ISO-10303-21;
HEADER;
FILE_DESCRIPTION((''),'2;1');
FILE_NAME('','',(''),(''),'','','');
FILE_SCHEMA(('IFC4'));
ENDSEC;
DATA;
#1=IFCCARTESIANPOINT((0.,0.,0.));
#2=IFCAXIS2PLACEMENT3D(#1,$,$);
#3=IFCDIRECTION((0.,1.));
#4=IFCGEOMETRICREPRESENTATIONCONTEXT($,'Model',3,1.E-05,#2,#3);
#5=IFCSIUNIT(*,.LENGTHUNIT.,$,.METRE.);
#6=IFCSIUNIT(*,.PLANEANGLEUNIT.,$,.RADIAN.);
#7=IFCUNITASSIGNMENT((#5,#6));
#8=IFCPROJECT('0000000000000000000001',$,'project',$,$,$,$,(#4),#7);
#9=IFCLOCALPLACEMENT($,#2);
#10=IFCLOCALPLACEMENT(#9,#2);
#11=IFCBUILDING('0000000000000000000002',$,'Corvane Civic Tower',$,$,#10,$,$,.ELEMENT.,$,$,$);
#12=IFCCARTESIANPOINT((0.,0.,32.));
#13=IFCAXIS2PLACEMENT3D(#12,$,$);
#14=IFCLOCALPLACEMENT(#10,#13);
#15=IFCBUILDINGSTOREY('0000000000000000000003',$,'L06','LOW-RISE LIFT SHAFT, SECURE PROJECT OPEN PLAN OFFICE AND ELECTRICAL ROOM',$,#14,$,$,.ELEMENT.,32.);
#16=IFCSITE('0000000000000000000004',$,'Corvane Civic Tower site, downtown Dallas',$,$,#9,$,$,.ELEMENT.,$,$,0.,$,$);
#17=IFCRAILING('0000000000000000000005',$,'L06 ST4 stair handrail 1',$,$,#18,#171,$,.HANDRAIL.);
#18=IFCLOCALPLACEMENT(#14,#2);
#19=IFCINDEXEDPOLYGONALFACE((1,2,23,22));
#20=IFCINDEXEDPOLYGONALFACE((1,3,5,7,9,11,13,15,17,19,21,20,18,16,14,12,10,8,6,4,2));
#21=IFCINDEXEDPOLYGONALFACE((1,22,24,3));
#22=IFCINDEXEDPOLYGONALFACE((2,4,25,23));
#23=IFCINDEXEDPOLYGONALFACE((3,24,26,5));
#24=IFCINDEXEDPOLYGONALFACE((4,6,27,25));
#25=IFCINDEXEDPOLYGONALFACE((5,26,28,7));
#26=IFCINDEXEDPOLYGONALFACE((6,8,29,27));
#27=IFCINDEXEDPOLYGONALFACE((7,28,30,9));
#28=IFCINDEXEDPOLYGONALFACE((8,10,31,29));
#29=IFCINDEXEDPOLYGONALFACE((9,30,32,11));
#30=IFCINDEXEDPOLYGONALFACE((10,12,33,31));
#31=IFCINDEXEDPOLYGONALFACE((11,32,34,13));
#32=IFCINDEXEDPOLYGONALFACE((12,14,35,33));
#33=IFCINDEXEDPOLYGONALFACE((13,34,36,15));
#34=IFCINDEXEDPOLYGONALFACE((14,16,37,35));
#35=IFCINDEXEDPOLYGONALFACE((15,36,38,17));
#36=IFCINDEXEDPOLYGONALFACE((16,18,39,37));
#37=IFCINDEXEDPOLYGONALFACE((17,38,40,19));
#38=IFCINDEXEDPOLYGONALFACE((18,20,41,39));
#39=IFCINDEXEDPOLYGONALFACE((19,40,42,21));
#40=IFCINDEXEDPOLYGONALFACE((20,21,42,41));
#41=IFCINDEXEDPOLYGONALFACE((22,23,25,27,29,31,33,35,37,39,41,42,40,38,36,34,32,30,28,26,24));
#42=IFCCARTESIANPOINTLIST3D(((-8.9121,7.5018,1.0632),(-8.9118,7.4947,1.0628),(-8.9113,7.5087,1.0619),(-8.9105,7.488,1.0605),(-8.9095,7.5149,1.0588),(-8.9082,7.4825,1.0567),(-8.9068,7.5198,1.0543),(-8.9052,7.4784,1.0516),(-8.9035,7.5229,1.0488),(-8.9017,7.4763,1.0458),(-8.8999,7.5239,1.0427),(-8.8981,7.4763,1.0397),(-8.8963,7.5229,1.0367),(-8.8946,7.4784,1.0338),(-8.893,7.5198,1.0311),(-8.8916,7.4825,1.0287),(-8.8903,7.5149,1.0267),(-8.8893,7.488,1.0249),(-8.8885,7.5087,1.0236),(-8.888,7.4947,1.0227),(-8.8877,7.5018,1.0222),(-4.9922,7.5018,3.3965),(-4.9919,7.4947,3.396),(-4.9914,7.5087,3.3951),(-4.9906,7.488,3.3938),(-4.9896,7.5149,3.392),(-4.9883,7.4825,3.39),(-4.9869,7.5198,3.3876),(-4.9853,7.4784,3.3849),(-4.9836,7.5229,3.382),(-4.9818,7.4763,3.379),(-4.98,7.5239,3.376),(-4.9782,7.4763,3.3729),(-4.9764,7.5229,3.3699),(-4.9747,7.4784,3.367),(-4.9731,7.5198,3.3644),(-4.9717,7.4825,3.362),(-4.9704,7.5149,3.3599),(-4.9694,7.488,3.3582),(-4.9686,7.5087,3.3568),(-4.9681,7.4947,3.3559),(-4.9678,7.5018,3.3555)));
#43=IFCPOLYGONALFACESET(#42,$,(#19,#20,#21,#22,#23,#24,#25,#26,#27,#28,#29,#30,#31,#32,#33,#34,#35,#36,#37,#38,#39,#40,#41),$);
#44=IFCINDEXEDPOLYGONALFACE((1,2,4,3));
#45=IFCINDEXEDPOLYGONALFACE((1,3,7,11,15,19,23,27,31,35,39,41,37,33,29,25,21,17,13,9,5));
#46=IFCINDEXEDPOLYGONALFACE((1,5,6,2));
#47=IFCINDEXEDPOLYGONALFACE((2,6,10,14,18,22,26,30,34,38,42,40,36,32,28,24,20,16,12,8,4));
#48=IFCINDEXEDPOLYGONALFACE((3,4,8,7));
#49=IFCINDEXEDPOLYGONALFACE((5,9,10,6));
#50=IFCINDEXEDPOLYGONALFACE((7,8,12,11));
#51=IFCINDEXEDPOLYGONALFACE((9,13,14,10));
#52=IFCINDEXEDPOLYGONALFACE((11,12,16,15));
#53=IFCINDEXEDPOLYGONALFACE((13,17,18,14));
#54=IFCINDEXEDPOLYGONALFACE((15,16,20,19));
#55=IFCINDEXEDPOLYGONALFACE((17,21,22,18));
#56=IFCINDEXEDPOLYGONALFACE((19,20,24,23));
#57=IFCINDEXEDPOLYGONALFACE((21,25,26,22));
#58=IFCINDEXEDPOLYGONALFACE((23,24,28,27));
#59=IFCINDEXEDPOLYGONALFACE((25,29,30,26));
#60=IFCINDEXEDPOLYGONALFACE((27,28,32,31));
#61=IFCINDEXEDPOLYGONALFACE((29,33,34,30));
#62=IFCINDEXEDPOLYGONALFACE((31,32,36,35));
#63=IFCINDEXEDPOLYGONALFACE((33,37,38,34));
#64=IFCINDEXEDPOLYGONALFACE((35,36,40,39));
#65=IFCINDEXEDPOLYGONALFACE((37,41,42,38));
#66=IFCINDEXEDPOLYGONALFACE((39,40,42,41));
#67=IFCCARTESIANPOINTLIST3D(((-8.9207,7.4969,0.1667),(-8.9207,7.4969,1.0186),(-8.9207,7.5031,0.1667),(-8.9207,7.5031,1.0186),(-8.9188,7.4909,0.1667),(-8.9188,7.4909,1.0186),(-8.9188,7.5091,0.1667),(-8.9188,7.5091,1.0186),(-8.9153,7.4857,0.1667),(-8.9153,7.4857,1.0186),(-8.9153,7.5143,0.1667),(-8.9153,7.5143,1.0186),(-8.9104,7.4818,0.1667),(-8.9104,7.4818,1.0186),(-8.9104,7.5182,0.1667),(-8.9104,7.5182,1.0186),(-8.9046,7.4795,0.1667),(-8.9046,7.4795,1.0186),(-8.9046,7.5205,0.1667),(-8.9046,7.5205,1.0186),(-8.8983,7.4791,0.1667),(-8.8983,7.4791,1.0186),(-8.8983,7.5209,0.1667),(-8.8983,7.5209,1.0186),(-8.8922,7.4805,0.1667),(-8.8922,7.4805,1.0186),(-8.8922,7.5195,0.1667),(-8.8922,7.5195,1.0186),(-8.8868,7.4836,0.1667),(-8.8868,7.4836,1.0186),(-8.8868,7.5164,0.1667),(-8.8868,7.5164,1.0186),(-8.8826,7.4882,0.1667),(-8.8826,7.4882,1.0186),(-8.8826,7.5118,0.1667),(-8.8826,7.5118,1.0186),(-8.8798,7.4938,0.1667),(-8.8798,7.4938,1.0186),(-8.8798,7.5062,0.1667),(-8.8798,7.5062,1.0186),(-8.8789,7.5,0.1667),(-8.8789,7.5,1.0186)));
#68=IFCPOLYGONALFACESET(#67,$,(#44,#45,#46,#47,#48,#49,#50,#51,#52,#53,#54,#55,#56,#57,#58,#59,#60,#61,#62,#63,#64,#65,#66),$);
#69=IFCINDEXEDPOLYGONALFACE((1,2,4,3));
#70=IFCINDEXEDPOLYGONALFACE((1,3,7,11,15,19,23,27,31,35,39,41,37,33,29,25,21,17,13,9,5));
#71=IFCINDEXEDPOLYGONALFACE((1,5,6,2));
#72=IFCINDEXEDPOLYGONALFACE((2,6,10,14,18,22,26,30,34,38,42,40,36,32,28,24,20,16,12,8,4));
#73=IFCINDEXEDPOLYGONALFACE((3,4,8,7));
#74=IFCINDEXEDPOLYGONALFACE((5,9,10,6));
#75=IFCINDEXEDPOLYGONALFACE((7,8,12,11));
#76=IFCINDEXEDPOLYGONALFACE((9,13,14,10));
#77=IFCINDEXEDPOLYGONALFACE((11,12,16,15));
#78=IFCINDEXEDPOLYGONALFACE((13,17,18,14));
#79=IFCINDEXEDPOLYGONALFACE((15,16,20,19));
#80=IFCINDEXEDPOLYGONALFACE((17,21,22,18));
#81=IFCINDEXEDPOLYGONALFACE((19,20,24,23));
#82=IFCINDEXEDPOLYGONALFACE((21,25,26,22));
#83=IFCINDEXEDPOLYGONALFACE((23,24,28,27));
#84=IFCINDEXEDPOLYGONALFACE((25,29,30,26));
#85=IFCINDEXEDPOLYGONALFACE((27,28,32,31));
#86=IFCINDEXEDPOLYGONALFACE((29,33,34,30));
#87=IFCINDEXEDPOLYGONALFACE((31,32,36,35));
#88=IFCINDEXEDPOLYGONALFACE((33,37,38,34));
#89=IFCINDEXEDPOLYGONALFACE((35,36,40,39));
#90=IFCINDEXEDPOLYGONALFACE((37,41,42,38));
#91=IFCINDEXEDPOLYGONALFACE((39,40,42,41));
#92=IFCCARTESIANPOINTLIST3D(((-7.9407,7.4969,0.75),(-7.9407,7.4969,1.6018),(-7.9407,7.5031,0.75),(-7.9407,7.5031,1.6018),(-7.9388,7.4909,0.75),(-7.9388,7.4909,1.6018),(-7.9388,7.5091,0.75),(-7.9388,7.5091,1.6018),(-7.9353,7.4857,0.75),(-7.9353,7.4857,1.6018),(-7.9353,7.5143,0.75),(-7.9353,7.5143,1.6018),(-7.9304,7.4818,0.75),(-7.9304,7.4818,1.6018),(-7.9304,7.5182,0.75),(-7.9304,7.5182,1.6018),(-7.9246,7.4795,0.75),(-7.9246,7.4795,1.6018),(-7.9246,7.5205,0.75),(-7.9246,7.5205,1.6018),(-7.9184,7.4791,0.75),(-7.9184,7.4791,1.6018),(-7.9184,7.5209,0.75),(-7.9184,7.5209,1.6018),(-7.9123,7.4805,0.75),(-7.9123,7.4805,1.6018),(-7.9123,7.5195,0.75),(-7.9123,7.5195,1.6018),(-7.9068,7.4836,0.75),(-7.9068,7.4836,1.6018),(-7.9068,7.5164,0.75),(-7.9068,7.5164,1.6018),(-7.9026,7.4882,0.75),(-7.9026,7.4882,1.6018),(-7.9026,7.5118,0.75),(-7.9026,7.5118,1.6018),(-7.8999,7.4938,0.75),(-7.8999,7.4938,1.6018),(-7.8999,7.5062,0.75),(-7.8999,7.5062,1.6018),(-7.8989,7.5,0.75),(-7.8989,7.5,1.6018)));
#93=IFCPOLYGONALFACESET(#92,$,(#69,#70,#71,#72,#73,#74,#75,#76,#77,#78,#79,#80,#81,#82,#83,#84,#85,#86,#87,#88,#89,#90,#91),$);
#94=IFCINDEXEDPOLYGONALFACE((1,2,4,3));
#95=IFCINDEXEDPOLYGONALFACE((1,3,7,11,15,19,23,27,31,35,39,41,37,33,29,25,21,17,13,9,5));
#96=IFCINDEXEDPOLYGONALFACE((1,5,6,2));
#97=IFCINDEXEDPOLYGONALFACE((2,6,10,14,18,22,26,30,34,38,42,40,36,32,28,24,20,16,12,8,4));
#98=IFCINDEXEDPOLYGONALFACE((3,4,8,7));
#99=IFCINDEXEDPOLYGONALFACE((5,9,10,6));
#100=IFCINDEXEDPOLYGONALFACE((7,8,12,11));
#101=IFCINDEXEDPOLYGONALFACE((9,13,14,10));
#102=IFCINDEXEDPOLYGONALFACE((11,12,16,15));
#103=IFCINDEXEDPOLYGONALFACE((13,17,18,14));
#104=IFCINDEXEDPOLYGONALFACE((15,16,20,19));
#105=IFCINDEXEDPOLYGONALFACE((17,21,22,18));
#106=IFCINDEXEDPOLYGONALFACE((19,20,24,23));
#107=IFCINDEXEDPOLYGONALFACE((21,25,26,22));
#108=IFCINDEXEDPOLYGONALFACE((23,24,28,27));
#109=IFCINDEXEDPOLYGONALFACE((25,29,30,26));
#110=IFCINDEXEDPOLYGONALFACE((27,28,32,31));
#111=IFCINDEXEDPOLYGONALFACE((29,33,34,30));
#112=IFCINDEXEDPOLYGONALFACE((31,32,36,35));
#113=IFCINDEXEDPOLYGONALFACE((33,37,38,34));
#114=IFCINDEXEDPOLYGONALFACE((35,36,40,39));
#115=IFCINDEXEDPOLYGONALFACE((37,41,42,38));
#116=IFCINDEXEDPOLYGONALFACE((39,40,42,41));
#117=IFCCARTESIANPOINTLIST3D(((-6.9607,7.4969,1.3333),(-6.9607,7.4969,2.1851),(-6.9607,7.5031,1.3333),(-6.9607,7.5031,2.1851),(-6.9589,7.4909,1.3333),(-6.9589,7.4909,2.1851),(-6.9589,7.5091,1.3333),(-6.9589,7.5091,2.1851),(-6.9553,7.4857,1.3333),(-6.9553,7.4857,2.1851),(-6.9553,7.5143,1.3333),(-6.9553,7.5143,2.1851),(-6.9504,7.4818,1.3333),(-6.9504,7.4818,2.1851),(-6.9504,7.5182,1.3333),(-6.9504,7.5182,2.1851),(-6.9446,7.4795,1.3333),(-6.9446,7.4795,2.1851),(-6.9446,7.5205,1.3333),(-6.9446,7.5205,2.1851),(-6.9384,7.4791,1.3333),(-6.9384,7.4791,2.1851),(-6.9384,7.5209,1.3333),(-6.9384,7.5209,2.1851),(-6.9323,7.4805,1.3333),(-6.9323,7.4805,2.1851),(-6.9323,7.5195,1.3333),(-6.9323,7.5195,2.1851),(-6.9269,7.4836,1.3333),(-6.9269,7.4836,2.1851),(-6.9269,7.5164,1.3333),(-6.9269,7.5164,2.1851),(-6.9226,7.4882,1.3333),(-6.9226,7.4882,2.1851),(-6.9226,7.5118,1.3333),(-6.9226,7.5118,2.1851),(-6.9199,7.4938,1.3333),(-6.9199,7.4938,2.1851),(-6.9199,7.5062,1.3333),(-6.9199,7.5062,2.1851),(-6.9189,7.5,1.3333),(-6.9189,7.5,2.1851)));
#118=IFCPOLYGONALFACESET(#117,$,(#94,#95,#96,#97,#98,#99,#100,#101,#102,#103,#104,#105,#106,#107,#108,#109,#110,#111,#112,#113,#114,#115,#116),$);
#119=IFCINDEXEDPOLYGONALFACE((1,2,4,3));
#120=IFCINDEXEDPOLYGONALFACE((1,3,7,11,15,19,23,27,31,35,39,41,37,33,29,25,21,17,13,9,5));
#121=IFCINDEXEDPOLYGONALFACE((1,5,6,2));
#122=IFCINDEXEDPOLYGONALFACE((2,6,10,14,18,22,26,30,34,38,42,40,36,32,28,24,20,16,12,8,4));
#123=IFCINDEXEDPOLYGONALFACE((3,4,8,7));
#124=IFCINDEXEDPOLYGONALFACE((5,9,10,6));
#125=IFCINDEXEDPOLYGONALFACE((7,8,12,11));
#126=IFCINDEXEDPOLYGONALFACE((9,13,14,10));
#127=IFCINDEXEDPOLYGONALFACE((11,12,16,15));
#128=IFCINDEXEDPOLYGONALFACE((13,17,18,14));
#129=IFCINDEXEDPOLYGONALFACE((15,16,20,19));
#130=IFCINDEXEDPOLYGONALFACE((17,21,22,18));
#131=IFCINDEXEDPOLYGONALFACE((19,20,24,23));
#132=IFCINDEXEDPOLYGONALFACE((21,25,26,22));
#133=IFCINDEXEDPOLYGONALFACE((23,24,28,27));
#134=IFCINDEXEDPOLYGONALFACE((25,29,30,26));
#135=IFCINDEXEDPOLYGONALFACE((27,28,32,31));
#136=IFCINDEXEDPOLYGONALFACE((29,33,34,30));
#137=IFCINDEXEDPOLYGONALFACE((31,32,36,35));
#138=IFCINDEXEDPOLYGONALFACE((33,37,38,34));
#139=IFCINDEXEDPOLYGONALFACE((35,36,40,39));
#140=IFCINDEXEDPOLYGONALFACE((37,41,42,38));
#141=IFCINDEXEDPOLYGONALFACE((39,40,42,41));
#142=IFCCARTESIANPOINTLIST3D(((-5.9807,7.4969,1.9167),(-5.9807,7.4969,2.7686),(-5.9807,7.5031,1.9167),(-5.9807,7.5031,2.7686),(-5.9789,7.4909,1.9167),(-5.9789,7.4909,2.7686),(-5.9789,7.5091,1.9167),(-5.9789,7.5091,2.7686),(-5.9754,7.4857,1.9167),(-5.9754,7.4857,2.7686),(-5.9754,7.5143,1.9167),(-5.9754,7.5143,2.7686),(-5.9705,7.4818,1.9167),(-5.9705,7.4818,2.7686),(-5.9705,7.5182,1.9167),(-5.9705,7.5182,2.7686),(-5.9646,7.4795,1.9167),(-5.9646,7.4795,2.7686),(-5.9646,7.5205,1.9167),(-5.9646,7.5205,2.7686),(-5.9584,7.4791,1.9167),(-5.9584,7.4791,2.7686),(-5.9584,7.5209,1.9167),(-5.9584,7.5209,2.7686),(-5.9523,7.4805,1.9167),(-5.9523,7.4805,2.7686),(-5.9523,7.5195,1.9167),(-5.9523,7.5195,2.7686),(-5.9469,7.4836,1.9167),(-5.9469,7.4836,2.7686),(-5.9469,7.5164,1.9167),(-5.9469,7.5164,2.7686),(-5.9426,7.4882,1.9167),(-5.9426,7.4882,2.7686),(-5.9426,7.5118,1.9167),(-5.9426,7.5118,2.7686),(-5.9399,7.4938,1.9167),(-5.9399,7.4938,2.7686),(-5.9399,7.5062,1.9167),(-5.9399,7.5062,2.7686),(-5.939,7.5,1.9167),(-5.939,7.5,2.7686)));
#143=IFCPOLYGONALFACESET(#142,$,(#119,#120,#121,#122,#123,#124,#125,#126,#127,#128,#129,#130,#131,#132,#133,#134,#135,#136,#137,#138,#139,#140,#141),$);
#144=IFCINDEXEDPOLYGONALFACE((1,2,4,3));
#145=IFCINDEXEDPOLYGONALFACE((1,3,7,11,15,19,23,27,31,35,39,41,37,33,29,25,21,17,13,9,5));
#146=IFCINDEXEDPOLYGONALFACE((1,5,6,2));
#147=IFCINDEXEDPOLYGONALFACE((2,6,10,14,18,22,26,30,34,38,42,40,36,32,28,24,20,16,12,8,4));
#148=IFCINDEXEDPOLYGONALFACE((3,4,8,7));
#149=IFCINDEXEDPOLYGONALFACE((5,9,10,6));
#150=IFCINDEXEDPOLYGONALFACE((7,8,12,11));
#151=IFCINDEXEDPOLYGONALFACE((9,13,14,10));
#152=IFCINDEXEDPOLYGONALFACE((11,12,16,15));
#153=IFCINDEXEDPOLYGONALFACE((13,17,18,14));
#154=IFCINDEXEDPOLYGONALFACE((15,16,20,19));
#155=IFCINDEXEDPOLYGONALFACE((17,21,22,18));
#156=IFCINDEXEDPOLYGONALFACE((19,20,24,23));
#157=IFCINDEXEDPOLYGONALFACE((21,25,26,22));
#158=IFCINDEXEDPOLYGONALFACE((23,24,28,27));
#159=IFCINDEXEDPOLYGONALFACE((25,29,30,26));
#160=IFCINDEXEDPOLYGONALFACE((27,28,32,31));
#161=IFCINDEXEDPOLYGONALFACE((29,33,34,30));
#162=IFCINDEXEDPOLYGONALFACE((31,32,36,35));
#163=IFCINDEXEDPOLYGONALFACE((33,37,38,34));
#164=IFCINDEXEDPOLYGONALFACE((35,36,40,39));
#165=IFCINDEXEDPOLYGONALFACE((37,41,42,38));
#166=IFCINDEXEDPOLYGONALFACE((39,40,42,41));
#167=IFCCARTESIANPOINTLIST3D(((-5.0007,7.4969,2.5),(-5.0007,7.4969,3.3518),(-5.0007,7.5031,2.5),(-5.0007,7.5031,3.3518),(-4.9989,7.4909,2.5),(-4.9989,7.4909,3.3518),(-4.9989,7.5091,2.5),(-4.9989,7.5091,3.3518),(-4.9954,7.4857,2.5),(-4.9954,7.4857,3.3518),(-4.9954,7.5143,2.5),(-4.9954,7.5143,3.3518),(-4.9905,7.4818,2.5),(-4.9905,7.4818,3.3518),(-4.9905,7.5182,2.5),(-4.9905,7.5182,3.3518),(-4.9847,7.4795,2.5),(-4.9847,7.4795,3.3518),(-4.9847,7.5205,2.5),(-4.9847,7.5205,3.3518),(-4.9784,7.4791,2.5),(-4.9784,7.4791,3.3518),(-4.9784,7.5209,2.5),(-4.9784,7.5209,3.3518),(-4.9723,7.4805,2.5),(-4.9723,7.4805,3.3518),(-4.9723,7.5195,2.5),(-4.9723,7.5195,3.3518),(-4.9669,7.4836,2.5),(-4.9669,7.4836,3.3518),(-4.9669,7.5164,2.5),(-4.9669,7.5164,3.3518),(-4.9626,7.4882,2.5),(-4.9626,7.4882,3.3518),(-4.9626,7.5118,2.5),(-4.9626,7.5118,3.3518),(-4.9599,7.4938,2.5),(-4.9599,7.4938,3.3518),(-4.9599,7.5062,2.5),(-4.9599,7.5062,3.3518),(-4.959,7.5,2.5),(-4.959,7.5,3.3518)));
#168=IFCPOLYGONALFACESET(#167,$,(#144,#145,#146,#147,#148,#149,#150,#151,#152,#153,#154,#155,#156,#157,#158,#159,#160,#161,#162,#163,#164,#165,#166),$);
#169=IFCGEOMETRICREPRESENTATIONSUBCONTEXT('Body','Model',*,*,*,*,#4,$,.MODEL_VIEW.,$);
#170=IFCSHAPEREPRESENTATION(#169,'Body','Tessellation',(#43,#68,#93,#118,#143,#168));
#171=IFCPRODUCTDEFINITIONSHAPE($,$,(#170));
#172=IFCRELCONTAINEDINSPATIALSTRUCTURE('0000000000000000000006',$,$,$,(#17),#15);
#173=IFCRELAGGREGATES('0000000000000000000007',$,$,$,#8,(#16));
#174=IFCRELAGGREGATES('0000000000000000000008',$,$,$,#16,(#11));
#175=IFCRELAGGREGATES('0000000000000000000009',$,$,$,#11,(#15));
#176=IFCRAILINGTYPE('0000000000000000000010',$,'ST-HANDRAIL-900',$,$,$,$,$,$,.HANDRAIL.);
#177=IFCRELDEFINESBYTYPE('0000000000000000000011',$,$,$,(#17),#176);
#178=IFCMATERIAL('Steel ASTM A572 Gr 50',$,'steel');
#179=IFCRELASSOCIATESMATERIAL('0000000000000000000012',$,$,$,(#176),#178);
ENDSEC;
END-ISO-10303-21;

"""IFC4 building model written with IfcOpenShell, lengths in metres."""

from ifc_helpers import new_model, si_unit, direction, frame, origin, origin_2d, place, context, subcontext, project, spatial, circle, extrude, material, type_object, element, save


model = new_model("IFC4")

# Units and contexts
model_context = context("Model", 3, precision=1e-05, world=origin(), true_north=direction((0.0, 1.0)))
body_context = subcontext(model_context, "Body", "Model", "MODEL_VIEW")
ifc_project = project(units=[si_unit("LENGTHUNIT", "METRE"), si_unit("PLANEANGLEUNIT", "RADIAN")], contexts=[model_context])

# Site, building, storey
site_placement = place(None, origin())
site = spatial("IfcSite", under=ifc_project, at=site_placement, Name="Corvane Civic Tower site, downtown Dallas", CompositionType="ELEMENT", RefElevation=0.0)
building_placement = place(site_placement, origin())
building = spatial("IfcBuilding", under=site, at=building_placement, Name="Corvane Civic Tower", CompositionType="ELEMENT")
storey_placement = place(building_placement, frame((0.0, 0.0, 32.0)))
storey = spatial("IfcBuildingStorey", under=building, at=storey_placement, Name="L06", Description="LOW-RISE LIFT SHAFT, SECURE PROJECT OPEN PLAN OFFICE AND ELECTRICAL ROOM", CompositionType="ELEMENT", Elevation=32.0)

# Railing
ifc_material_1 = material(Name="Steel ASTM A572 Gr 50", Category="steel")
railing_type_1 = type_object("IfcRailingType", Name="ST-HANDRAIL-900", PredefinedType="HANDRAIL", material=ifc_material_1)
railing_1_placement = place(storey_placement, frame((-8.8999, 7.5, 0.1667)))
element("IfcRailing", 1, at=railing_1_placement, inside=storey, type_object=railing_type_1, Name="L06 ST4 stair handrail 1", PredefinedType="HANDRAIL", context=body_context, shape_type="SweptSolid", body=[
    extrude(circle(Radius=0.0239, at=origin_2d()), frame((0.0, 0.0, 0.876), z_axis=(0.859296, 0.0, 0.511478), x_axis=(0.0, 1.0, 0.0)), (0.0, 0.0, 1.0), 4.5618),
    extrude(circle(Radius=0.021, at=origin_2d()), origin(), (0.0, 0.0, 1.0), 0.8518),
    extrude(circle(Radius=0.021, at=origin_2d()), frame((0.98, 0.0, 0.5833)), (0.0, 0.0, 1.0), 0.8518),
    extrude(circle(Radius=0.021, at=origin_2d()), frame((1.96, 0.0, 1.1665)), (0.0, 0.0, 1.0), 0.8518),
    extrude(circle(Radius=0.021, at=origin_2d()), frame((2.9399, 0.0, 1.75)), (0.0, 0.0, 1.0), 0.8518),
    extrude(circle(Radius=0.021, at=origin_2d()), frame((3.9199, 0.0, 2.3333)), (0.0, 0.0, 1.0), 0.8518),
])

save(model, "model.ifc")
